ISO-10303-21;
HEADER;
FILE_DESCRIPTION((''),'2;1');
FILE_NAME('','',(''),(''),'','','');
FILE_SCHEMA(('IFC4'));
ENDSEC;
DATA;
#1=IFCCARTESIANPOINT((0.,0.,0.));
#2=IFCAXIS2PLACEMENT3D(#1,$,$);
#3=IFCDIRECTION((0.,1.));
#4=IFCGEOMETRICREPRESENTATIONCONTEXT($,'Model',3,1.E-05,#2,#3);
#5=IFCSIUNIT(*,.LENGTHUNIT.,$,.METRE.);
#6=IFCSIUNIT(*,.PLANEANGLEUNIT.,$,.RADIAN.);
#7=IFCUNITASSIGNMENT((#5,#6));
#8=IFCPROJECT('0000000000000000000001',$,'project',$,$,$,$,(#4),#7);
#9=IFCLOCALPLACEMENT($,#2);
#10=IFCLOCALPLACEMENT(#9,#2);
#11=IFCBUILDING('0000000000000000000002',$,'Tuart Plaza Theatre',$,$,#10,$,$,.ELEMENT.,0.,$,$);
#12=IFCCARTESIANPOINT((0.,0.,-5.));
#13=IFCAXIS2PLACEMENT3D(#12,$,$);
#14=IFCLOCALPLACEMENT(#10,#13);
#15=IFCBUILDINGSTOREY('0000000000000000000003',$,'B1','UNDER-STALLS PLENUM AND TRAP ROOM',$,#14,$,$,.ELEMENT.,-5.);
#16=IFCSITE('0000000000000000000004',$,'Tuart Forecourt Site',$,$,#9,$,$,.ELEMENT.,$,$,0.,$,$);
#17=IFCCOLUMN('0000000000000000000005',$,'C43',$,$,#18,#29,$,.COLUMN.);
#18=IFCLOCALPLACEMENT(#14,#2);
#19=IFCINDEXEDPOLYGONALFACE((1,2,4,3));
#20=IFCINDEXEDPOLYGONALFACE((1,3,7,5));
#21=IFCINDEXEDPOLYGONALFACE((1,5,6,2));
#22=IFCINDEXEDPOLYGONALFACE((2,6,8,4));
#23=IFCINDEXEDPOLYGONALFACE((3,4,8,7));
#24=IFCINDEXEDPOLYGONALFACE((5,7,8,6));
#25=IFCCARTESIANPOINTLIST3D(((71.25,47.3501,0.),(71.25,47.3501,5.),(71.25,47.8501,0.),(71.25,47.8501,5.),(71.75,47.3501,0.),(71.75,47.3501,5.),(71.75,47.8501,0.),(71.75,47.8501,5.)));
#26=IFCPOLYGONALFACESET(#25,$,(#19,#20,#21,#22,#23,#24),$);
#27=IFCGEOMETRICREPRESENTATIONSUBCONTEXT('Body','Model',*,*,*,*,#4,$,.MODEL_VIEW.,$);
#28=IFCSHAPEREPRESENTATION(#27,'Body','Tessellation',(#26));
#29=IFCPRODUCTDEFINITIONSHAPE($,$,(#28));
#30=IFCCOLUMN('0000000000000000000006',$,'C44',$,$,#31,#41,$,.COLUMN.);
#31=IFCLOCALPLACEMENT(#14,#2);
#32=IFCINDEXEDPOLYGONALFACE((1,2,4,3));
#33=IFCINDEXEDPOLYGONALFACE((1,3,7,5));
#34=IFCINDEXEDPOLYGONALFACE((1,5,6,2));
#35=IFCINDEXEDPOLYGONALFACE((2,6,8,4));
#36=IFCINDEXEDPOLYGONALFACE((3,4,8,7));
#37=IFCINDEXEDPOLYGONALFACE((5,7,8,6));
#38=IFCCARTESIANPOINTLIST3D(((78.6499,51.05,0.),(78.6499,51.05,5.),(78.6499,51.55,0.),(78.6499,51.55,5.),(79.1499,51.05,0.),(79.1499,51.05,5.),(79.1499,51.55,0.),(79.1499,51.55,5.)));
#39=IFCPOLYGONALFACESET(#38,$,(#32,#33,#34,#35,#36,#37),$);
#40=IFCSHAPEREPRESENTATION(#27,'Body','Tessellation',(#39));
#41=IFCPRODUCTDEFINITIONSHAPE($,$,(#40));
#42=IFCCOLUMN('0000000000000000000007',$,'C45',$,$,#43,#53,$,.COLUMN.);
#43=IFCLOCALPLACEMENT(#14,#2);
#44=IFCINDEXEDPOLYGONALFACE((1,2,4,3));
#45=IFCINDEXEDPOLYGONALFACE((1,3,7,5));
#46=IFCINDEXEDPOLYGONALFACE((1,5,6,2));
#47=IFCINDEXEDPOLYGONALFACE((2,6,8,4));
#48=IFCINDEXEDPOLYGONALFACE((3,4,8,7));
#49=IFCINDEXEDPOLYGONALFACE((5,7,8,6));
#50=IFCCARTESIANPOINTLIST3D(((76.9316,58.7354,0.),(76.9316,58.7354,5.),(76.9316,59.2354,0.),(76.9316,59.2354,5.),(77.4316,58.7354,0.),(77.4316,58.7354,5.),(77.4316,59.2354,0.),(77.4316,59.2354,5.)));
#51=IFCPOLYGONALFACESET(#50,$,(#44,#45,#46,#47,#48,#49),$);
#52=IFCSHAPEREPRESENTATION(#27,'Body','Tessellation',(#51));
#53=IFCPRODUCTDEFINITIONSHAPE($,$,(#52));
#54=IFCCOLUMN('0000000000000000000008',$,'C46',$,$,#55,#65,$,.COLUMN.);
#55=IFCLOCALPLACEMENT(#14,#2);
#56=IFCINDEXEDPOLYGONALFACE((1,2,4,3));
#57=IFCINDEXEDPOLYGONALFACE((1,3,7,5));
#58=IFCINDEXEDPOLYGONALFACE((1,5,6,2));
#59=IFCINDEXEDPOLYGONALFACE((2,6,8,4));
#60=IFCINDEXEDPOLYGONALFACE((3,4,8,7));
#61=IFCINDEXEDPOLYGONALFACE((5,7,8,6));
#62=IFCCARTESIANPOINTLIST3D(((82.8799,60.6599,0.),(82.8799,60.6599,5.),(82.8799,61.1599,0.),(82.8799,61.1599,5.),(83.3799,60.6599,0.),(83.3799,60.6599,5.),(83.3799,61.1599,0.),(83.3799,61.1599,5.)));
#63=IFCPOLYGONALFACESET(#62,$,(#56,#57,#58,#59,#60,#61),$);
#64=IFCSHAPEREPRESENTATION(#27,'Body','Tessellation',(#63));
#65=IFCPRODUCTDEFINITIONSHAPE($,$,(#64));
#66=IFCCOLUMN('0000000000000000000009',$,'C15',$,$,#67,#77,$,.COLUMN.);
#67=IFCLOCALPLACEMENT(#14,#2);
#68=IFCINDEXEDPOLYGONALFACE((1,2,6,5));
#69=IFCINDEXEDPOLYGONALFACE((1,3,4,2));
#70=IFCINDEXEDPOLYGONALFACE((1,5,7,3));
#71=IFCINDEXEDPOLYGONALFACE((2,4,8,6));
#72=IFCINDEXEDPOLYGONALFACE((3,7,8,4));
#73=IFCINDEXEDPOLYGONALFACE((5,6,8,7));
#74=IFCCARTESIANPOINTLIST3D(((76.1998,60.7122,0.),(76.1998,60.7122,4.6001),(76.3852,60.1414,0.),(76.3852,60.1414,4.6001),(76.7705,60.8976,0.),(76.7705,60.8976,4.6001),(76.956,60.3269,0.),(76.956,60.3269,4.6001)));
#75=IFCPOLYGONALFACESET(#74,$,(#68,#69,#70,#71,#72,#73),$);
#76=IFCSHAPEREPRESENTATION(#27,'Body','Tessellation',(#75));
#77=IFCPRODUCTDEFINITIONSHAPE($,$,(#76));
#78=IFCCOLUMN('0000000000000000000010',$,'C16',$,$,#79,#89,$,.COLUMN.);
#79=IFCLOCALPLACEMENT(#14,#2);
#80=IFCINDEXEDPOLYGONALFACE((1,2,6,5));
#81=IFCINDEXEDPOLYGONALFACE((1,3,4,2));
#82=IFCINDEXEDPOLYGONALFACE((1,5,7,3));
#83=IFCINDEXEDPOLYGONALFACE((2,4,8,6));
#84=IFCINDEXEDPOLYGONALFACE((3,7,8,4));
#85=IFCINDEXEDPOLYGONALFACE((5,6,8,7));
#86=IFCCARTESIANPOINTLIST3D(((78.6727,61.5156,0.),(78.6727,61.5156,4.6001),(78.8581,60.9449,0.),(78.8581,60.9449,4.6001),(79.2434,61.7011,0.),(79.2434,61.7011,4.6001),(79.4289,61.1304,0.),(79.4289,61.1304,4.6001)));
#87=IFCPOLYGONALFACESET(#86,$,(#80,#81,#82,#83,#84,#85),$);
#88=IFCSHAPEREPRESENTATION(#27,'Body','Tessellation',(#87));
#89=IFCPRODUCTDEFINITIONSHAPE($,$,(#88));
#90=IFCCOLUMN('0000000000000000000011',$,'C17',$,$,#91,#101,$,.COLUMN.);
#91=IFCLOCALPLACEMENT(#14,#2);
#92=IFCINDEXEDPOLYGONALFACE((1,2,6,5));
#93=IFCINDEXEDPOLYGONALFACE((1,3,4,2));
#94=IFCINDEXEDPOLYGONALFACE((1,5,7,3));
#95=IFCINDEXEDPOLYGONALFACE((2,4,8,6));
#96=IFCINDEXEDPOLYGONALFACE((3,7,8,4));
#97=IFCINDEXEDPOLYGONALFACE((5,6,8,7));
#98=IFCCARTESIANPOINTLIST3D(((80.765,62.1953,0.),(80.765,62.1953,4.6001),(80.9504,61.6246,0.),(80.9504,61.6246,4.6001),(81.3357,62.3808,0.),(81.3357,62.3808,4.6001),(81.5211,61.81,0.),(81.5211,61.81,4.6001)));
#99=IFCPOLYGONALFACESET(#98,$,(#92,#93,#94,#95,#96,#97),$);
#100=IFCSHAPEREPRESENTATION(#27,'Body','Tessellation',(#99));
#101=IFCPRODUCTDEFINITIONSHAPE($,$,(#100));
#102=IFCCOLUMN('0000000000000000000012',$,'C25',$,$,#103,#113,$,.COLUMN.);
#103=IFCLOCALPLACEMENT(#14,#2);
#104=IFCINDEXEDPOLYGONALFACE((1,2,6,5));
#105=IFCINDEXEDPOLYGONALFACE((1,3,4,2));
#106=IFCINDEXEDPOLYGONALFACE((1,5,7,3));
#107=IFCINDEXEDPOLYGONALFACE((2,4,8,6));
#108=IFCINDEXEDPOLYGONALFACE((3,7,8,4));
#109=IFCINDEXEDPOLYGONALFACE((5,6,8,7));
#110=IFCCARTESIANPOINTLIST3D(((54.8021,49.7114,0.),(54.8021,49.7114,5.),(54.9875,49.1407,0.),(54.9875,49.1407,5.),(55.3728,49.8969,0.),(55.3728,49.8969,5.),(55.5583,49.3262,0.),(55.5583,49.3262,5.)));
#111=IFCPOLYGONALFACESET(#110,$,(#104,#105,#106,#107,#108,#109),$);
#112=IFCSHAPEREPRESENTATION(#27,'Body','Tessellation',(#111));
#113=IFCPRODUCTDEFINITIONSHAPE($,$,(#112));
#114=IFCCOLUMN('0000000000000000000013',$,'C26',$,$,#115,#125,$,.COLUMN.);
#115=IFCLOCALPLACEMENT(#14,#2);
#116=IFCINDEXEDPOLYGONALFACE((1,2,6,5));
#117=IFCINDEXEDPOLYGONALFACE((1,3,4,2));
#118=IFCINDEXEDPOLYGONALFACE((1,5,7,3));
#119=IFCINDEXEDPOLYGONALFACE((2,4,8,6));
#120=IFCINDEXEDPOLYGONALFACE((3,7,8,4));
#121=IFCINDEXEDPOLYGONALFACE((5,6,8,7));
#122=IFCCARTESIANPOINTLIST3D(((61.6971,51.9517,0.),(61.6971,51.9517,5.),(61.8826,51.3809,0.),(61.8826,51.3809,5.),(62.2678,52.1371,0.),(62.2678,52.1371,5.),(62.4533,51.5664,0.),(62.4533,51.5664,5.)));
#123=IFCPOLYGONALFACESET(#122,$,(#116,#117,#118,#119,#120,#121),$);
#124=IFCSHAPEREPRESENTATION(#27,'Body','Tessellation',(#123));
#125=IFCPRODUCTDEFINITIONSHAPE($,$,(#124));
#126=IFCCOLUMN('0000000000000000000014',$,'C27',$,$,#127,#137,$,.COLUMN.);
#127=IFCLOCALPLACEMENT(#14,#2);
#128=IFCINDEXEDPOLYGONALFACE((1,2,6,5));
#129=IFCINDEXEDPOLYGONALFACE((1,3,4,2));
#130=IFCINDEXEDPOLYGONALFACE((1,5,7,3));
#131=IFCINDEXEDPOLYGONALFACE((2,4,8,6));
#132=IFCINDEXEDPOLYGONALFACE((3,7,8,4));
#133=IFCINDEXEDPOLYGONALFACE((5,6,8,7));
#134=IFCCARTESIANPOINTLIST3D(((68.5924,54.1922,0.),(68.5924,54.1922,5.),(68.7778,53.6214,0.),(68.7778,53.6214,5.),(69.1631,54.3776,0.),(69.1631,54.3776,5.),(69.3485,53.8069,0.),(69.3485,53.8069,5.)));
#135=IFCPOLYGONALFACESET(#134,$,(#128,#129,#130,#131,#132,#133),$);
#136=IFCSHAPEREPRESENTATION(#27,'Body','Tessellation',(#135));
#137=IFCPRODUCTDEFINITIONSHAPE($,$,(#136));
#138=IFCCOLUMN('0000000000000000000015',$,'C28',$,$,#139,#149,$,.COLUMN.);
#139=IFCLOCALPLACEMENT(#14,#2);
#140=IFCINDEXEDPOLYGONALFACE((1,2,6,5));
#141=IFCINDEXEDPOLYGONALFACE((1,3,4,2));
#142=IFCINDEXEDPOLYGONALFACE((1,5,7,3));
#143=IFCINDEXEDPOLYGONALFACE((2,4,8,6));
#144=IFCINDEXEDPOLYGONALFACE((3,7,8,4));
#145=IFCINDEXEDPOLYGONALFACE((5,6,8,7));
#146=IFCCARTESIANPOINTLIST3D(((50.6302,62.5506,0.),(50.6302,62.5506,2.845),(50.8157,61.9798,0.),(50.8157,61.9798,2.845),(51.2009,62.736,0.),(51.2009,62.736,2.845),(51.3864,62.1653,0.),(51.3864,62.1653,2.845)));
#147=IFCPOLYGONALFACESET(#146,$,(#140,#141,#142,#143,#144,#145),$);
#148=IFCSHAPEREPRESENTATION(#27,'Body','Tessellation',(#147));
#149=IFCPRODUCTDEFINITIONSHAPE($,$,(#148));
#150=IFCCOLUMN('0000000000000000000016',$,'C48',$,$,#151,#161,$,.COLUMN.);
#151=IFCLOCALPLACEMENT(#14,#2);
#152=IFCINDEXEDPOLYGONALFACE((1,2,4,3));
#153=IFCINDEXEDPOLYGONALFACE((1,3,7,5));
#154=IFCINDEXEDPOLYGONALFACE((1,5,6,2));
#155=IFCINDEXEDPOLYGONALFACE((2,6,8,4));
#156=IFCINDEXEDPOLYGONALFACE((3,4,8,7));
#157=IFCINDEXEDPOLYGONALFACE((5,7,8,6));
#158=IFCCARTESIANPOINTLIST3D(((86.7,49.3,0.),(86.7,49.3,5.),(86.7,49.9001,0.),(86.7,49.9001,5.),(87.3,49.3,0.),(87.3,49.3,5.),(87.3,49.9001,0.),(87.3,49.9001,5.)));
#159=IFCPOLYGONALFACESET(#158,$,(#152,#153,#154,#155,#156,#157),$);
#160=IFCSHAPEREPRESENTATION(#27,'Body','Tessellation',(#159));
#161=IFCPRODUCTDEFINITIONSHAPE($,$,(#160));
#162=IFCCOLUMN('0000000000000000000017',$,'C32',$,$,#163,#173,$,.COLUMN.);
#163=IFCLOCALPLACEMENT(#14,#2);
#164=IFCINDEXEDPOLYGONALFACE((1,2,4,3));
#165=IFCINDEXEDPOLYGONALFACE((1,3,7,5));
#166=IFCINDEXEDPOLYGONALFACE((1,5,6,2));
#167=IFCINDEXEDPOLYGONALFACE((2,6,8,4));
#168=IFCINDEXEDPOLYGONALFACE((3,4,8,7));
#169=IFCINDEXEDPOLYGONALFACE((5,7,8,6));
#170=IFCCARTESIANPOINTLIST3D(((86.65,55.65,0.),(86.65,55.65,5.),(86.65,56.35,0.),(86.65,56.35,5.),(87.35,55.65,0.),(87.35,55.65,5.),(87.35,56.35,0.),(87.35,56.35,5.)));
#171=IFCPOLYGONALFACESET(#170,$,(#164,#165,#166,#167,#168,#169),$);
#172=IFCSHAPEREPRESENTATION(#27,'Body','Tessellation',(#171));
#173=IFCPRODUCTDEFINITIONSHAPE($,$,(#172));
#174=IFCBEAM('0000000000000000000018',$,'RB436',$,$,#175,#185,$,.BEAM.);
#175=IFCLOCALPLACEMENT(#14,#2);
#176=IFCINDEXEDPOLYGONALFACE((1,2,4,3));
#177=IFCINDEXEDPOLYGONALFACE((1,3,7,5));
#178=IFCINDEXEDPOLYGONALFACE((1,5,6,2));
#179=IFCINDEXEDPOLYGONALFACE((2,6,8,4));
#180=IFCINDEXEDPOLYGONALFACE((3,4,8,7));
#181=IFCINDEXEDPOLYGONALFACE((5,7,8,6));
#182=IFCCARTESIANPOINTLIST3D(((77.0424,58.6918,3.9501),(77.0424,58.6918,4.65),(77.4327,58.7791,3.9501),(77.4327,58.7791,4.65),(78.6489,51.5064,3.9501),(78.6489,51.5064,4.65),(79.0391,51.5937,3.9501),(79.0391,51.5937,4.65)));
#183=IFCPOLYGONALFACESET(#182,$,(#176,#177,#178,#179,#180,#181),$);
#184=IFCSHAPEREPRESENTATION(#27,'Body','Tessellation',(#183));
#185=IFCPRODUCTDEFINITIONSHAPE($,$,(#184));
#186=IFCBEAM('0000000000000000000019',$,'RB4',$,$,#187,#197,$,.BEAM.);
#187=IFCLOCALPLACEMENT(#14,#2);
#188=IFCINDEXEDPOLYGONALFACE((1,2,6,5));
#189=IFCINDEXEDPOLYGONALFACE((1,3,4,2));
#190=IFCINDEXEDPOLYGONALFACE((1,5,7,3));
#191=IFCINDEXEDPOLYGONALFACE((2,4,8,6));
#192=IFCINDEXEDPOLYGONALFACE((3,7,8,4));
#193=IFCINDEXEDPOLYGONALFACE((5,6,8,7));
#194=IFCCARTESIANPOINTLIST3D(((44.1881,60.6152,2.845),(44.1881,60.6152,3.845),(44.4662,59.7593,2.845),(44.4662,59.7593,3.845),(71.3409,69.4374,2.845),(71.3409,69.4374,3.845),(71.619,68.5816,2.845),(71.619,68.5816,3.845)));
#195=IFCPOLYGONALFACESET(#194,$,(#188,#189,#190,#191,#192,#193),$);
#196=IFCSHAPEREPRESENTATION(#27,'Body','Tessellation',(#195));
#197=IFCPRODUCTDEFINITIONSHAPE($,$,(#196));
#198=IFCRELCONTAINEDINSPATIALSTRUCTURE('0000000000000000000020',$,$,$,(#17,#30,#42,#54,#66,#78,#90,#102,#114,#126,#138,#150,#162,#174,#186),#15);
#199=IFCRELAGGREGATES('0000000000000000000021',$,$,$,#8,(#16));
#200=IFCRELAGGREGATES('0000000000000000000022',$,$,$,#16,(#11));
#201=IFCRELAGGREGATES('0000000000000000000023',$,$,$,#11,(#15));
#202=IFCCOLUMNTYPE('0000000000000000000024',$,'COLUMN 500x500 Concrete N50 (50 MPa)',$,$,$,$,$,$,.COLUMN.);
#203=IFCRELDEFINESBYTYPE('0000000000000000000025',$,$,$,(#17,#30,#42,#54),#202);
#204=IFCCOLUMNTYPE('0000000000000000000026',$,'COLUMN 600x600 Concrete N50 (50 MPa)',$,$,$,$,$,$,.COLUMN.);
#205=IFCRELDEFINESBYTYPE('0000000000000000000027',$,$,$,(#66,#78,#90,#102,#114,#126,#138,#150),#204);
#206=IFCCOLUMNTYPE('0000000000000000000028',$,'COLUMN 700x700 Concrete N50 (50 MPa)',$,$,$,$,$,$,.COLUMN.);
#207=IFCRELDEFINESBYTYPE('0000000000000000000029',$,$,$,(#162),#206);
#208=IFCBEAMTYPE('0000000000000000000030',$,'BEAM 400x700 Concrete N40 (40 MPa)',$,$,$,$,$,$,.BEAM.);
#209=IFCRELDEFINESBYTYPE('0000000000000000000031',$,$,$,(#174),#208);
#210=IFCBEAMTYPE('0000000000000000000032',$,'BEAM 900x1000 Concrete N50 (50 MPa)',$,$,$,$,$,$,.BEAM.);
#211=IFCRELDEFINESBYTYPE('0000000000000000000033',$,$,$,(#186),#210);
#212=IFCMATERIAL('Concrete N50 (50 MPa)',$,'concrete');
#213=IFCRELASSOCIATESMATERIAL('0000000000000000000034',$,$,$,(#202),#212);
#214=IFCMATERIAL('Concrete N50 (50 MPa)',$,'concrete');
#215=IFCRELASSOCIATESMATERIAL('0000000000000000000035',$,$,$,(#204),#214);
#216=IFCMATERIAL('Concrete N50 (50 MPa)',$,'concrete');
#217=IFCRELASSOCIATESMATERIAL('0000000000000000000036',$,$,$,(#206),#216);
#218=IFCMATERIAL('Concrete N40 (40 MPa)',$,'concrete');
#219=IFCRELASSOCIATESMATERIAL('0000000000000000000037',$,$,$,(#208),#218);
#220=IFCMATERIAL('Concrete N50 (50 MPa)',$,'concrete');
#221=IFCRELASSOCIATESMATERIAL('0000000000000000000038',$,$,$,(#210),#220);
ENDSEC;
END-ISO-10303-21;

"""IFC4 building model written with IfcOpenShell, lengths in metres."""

from ifc_helpers import new_model, si_unit, direction, frame, origin, origin_2d, place, context, subcontext, project, spatial, rectangle, extrude, material, material_profile, profile_set, type_object, element, save


model = new_model("IFC4")

# Units and contexts
model_context = context("Model", 3, precision=1e-05, world=origin(), true_north=direction((0.0, 1.0)))
body_context = subcontext(model_context, "Body", "Model", "MODEL_VIEW")
ifc_project = project(units=[si_unit("LENGTHUNIT", "METRE"), si_unit("PLANEANGLEUNIT", "RADIAN")], contexts=[model_context])

# Site, building, storey
site_placement = place(None, origin())
site = spatial("IfcSite", under=ifc_project, at=site_placement, Name="Tuart Forecourt Site", CompositionType="ELEMENT", RefElevation=0.0)
building_placement = place(site_placement, origin())
building = spatial("IfcBuilding", under=site, at=building_placement, Name="Tuart Plaza Theatre", CompositionType="ELEMENT", ElevationOfRefHeight=0.0)
storey_placement = place(building_placement, frame((0.0, 0.0, -5.0)))
storey = spatial("IfcBuildingStorey", under=building, at=storey_placement, Name="B1", Description="UNDER-STALLS PLENUM AND TRAP ROOM", CompositionType="ELEMENT", Elevation=-5.0)

# Columns
ifc_material_1 = material(Name="Concrete N50 (50 MPa)", Category="concrete")
ifc_material_profile_1 = material_profile(ifc_material_1, rectangle(XDim=0.5, YDim=0.5, at=origin_2d()), Name="COLUMN 500x500 Concrete N50 (50 MPa)")
ifc_profile_set_1 = profile_set([ifc_material_profile_1], Name="Concrete N50 (50 MPa)")
column_type_1 = type_object("IfcColumnType", Name="COLUMN 500x500 Concrete N50 (50 MPa)", PredefinedType="COLUMN", material=ifc_profile_set_1)
for number, where, z_axis, x_axis, name in (
    (1, (71.5, 47.6001, 0.0), (0.0, 0.0, 1.0), (1.0, 0.0, 0.0), "C43"),
    (2, (78.8999, 51.3, 0.0), (0.0, 0.0, 1.0), (1.0, 0.0, 0.0), "C44"),
    (3, (77.1816, 58.9854, 0.0), (0.0, 0.0, 1.0), (1.0, 0.0, 0.0), "C45"),
    (4, (83.1299, 60.9099, 0.0), (0.0, 0.0, 1.0), (1.0, 0.0, 0.0), "C46"),
):
    element("IfcColumn", number, at=place(storey_placement, frame(where, z_axis=z_axis, x_axis=x_axis)), inside=storey, type_object=column_type_1, Name=name, PredefinedType="COLUMN", context=body_context, shape_type="SweptSolid", body=[
        extrude(rectangle(XDim=0.5, YDim=0.5, at=origin_2d()), origin(), (0.0, 0.0, 1.0), 5.0),
    ])
ifc_material_2 = material(Name="Concrete N50 (50 MPa)", Category="concrete")
ifc_material_profile_2 = material_profile(ifc_material_2, rectangle(XDim=0.6001, YDim=0.6001, at=origin_2d()), Name="COLUMN 600x600 Concrete N50 (50 MPa)")
ifc_profile_set_2 = profile_set([ifc_material_profile_2], Name="Concrete N50 (50 MPa)")
column_type_2 = type_object("IfcColumnType", Name="COLUMN 600x600 Concrete N50 (50 MPa)", PredefinedType="COLUMN", material=ifc_profile_set_2)
for number, where, z_axis, x_axis, name in (
    (5, (76.5779, 60.5195, 0.0), (0.0, 0.0, 1.0), (0.951057, 0.309017, 0.0), "C15"),
    (6, (79.0508, 61.323, 0.0), (0.0, 0.0, 1.0), (0.951057, 0.309017, 0.0), "C16"),
    (7, (81.1431, 62.0027, 0.0), (0.0, 0.0, 1.0), (0.951057, 0.309017, 0.0), "C17"),
):
    element("IfcColumn", number, at=place(storey_placement, frame(where, z_axis=z_axis, x_axis=x_axis)), inside=storey, type_object=column_type_2, Name=name, PredefinedType="COLUMN", context=body_context, shape_type="SweptSolid", body=[
        extrude(rectangle(XDim=0.6001, YDim=0.6001, at=origin_2d()), origin(), (0.0, 0.0, 1.0), 4.6001),
    ])
for number, where, z_axis, x_axis, name in (
    (8, (55.1802, 49.5188, 0.0), (0.0, 0.0, 1.0), (0.951057, 0.309017, 0.0), "C25"),
    (9, (62.0752, 51.759, 0.0), (0.0, 0.0, 1.0), (0.951057, 0.309017, 0.0), "C26"),
    (10, (68.9705, 53.9995, 0.0), (0.0, 0.0, 1.0), (0.951057, 0.309017, 0.0), "C27"),
):
    element("IfcColumn", number, at=place(storey_placement, frame(where, z_axis=z_axis, x_axis=x_axis)), inside=storey, type_object=column_type_2, Name=name, PredefinedType="COLUMN", context=body_context, shape_type="SweptSolid", body=[
        extrude(rectangle(XDim=0.6001, YDim=0.6001, at=origin_2d()), origin(), (0.0, 0.0, 1.0), 5.0),
    ])
column_1_placement = place(storey_placement, frame((51.0083, 62.3579, 0.0), z_axis=(0.0, 0.0, 1.0), x_axis=(0.951057, 0.309017, 0.0)))
element("IfcColumn", 11, at=column_1_placement, inside=storey, type_object=column_type_2, Name="C28", PredefinedType="COLUMN", context=body_context, shape_type="SweptSolid", body=[
    extrude(rectangle(XDim=0.6001, YDim=0.6001, at=origin_2d()), origin(), (0.0, 0.0, 1.0), 2.845),
])
column_2_placement = place(storey_placement, frame((87.0, 49.6001, 0.0), z_axis=(0.0, 0.0, 1.0), x_axis=(1.0, 0.0, 0.0)))
element("IfcColumn", 12, at=column_2_placement, inside=storey, type_object=column_type_2, Name="C48", PredefinedType="COLUMN", context=body_context, shape_type="SweptSolid", body=[
    extrude(rectangle(XDim=0.6001, YDim=0.6001, at=origin_2d()), origin(), (0.0, 0.0, 1.0), 5.0),
])
ifc_material_3 = material(Name="Concrete N50 (50 MPa)", Category="concrete")
ifc_material_profile_3 = material_profile(ifc_material_3, rectangle(XDim=0.7, YDim=0.7, at=origin_2d()), Name="COLUMN 700x700 Concrete N50 (50 MPa)")
ifc_profile_set_3 = profile_set([ifc_material_profile_3], Name="Concrete N50 (50 MPa)")
column_type_3 = type_object("IfcColumnType", Name="COLUMN 700x700 Concrete N50 (50 MPa)", PredefinedType="COLUMN", material=ifc_profile_set_3)
column_3_placement = place(storey_placement, frame((87.0, 56.0, 0.0), z_axis=(0.0, 0.0, 1.0), x_axis=(1.0, 0.0, 0.0)))
element("IfcColumn", 13, at=column_3_placement, inside=storey, type_object=column_type_3, Name="C32", PredefinedType="COLUMN", context=body_context, shape_type="SweptSolid", body=[
    extrude(rectangle(XDim=0.7, YDim=0.7, at=origin_2d()), origin(), (0.0, 0.0, 1.0), 5.0),
])

# Beams
ifc_material_4 = material(Name="Concrete N40 (40 MPa)", Category="concrete")
ifc_material_profile_4 = material_profile(ifc_material_4, rectangle(XDim=0.3999, YDim=0.7, at=origin_2d()), Name="BEAM 400x700 Concrete N40 (40 MPa)")
ifc_profile_set_4 = profile_set([ifc_material_profile_4], Name="Concrete N40 (40 MPa)")
beam_type_1 = type_object("IfcBeamType", Name="BEAM 400x700 Concrete N40 (40 MPa)", PredefinedType="BEAM", material=ifc_profile_set_4)
beam_1_placement = place(storey_placement, frame((78.844, 51.55, 4.3), z_axis=(-0.218187, 0.975907, 0.0), x_axis=(-0.975907, -0.218187, 0.0)))
element("IfcBeam", 14, at=beam_1_placement, inside=storey, type_object=beam_type_1, Name="RB436", PredefinedType="BEAM", context=body_context, shape_type="SweptSolid", body=[
    extrude(rectangle(XDim=0.3999, YDim=0.7, at=origin_2d()), origin(), (0.0, 0.0, 1.0), 7.3628),
])
ifc_material_5 = material(Name="Concrete N50 (50 MPa)", Category="concrete")
ifc_material_profile_5 = material_profile(ifc_material_5, rectangle(XDim=0.8999, YDim=1.0, at=origin_2d()), Name="BEAM 900x1000 Concrete N50 (50 MPa)")
ifc_profile_set_5 = profile_set([ifc_material_profile_5], Name="Concrete N50 (50 MPa)")
beam_type_2 = type_object("IfcBeamType", Name="BEAM 900x1000 Concrete N50 (50 MPa)", PredefinedType="BEAM", material=ifc_profile_set_5)
beam_2_placement = place(storey_placement, frame((44.3271, 60.1873, 3.345), z_axis=(0.951059, 0.30901, 0.0), x_axis=(-0.30901, 0.951059, 0.0)))
element("IfcBeam", 15, at=beam_2_placement, inside=storey, type_object=beam_type_2, Name="RB4", PredefinedType="BEAM", context=body_context, shape_type="SweptSolid", body=[
    extrude(rectangle(XDim=0.8999, YDim=1.0, at=origin_2d()), origin(), (0.0, 0.0, 1.0), 28.55),
])

save(model, "model.ifc")
